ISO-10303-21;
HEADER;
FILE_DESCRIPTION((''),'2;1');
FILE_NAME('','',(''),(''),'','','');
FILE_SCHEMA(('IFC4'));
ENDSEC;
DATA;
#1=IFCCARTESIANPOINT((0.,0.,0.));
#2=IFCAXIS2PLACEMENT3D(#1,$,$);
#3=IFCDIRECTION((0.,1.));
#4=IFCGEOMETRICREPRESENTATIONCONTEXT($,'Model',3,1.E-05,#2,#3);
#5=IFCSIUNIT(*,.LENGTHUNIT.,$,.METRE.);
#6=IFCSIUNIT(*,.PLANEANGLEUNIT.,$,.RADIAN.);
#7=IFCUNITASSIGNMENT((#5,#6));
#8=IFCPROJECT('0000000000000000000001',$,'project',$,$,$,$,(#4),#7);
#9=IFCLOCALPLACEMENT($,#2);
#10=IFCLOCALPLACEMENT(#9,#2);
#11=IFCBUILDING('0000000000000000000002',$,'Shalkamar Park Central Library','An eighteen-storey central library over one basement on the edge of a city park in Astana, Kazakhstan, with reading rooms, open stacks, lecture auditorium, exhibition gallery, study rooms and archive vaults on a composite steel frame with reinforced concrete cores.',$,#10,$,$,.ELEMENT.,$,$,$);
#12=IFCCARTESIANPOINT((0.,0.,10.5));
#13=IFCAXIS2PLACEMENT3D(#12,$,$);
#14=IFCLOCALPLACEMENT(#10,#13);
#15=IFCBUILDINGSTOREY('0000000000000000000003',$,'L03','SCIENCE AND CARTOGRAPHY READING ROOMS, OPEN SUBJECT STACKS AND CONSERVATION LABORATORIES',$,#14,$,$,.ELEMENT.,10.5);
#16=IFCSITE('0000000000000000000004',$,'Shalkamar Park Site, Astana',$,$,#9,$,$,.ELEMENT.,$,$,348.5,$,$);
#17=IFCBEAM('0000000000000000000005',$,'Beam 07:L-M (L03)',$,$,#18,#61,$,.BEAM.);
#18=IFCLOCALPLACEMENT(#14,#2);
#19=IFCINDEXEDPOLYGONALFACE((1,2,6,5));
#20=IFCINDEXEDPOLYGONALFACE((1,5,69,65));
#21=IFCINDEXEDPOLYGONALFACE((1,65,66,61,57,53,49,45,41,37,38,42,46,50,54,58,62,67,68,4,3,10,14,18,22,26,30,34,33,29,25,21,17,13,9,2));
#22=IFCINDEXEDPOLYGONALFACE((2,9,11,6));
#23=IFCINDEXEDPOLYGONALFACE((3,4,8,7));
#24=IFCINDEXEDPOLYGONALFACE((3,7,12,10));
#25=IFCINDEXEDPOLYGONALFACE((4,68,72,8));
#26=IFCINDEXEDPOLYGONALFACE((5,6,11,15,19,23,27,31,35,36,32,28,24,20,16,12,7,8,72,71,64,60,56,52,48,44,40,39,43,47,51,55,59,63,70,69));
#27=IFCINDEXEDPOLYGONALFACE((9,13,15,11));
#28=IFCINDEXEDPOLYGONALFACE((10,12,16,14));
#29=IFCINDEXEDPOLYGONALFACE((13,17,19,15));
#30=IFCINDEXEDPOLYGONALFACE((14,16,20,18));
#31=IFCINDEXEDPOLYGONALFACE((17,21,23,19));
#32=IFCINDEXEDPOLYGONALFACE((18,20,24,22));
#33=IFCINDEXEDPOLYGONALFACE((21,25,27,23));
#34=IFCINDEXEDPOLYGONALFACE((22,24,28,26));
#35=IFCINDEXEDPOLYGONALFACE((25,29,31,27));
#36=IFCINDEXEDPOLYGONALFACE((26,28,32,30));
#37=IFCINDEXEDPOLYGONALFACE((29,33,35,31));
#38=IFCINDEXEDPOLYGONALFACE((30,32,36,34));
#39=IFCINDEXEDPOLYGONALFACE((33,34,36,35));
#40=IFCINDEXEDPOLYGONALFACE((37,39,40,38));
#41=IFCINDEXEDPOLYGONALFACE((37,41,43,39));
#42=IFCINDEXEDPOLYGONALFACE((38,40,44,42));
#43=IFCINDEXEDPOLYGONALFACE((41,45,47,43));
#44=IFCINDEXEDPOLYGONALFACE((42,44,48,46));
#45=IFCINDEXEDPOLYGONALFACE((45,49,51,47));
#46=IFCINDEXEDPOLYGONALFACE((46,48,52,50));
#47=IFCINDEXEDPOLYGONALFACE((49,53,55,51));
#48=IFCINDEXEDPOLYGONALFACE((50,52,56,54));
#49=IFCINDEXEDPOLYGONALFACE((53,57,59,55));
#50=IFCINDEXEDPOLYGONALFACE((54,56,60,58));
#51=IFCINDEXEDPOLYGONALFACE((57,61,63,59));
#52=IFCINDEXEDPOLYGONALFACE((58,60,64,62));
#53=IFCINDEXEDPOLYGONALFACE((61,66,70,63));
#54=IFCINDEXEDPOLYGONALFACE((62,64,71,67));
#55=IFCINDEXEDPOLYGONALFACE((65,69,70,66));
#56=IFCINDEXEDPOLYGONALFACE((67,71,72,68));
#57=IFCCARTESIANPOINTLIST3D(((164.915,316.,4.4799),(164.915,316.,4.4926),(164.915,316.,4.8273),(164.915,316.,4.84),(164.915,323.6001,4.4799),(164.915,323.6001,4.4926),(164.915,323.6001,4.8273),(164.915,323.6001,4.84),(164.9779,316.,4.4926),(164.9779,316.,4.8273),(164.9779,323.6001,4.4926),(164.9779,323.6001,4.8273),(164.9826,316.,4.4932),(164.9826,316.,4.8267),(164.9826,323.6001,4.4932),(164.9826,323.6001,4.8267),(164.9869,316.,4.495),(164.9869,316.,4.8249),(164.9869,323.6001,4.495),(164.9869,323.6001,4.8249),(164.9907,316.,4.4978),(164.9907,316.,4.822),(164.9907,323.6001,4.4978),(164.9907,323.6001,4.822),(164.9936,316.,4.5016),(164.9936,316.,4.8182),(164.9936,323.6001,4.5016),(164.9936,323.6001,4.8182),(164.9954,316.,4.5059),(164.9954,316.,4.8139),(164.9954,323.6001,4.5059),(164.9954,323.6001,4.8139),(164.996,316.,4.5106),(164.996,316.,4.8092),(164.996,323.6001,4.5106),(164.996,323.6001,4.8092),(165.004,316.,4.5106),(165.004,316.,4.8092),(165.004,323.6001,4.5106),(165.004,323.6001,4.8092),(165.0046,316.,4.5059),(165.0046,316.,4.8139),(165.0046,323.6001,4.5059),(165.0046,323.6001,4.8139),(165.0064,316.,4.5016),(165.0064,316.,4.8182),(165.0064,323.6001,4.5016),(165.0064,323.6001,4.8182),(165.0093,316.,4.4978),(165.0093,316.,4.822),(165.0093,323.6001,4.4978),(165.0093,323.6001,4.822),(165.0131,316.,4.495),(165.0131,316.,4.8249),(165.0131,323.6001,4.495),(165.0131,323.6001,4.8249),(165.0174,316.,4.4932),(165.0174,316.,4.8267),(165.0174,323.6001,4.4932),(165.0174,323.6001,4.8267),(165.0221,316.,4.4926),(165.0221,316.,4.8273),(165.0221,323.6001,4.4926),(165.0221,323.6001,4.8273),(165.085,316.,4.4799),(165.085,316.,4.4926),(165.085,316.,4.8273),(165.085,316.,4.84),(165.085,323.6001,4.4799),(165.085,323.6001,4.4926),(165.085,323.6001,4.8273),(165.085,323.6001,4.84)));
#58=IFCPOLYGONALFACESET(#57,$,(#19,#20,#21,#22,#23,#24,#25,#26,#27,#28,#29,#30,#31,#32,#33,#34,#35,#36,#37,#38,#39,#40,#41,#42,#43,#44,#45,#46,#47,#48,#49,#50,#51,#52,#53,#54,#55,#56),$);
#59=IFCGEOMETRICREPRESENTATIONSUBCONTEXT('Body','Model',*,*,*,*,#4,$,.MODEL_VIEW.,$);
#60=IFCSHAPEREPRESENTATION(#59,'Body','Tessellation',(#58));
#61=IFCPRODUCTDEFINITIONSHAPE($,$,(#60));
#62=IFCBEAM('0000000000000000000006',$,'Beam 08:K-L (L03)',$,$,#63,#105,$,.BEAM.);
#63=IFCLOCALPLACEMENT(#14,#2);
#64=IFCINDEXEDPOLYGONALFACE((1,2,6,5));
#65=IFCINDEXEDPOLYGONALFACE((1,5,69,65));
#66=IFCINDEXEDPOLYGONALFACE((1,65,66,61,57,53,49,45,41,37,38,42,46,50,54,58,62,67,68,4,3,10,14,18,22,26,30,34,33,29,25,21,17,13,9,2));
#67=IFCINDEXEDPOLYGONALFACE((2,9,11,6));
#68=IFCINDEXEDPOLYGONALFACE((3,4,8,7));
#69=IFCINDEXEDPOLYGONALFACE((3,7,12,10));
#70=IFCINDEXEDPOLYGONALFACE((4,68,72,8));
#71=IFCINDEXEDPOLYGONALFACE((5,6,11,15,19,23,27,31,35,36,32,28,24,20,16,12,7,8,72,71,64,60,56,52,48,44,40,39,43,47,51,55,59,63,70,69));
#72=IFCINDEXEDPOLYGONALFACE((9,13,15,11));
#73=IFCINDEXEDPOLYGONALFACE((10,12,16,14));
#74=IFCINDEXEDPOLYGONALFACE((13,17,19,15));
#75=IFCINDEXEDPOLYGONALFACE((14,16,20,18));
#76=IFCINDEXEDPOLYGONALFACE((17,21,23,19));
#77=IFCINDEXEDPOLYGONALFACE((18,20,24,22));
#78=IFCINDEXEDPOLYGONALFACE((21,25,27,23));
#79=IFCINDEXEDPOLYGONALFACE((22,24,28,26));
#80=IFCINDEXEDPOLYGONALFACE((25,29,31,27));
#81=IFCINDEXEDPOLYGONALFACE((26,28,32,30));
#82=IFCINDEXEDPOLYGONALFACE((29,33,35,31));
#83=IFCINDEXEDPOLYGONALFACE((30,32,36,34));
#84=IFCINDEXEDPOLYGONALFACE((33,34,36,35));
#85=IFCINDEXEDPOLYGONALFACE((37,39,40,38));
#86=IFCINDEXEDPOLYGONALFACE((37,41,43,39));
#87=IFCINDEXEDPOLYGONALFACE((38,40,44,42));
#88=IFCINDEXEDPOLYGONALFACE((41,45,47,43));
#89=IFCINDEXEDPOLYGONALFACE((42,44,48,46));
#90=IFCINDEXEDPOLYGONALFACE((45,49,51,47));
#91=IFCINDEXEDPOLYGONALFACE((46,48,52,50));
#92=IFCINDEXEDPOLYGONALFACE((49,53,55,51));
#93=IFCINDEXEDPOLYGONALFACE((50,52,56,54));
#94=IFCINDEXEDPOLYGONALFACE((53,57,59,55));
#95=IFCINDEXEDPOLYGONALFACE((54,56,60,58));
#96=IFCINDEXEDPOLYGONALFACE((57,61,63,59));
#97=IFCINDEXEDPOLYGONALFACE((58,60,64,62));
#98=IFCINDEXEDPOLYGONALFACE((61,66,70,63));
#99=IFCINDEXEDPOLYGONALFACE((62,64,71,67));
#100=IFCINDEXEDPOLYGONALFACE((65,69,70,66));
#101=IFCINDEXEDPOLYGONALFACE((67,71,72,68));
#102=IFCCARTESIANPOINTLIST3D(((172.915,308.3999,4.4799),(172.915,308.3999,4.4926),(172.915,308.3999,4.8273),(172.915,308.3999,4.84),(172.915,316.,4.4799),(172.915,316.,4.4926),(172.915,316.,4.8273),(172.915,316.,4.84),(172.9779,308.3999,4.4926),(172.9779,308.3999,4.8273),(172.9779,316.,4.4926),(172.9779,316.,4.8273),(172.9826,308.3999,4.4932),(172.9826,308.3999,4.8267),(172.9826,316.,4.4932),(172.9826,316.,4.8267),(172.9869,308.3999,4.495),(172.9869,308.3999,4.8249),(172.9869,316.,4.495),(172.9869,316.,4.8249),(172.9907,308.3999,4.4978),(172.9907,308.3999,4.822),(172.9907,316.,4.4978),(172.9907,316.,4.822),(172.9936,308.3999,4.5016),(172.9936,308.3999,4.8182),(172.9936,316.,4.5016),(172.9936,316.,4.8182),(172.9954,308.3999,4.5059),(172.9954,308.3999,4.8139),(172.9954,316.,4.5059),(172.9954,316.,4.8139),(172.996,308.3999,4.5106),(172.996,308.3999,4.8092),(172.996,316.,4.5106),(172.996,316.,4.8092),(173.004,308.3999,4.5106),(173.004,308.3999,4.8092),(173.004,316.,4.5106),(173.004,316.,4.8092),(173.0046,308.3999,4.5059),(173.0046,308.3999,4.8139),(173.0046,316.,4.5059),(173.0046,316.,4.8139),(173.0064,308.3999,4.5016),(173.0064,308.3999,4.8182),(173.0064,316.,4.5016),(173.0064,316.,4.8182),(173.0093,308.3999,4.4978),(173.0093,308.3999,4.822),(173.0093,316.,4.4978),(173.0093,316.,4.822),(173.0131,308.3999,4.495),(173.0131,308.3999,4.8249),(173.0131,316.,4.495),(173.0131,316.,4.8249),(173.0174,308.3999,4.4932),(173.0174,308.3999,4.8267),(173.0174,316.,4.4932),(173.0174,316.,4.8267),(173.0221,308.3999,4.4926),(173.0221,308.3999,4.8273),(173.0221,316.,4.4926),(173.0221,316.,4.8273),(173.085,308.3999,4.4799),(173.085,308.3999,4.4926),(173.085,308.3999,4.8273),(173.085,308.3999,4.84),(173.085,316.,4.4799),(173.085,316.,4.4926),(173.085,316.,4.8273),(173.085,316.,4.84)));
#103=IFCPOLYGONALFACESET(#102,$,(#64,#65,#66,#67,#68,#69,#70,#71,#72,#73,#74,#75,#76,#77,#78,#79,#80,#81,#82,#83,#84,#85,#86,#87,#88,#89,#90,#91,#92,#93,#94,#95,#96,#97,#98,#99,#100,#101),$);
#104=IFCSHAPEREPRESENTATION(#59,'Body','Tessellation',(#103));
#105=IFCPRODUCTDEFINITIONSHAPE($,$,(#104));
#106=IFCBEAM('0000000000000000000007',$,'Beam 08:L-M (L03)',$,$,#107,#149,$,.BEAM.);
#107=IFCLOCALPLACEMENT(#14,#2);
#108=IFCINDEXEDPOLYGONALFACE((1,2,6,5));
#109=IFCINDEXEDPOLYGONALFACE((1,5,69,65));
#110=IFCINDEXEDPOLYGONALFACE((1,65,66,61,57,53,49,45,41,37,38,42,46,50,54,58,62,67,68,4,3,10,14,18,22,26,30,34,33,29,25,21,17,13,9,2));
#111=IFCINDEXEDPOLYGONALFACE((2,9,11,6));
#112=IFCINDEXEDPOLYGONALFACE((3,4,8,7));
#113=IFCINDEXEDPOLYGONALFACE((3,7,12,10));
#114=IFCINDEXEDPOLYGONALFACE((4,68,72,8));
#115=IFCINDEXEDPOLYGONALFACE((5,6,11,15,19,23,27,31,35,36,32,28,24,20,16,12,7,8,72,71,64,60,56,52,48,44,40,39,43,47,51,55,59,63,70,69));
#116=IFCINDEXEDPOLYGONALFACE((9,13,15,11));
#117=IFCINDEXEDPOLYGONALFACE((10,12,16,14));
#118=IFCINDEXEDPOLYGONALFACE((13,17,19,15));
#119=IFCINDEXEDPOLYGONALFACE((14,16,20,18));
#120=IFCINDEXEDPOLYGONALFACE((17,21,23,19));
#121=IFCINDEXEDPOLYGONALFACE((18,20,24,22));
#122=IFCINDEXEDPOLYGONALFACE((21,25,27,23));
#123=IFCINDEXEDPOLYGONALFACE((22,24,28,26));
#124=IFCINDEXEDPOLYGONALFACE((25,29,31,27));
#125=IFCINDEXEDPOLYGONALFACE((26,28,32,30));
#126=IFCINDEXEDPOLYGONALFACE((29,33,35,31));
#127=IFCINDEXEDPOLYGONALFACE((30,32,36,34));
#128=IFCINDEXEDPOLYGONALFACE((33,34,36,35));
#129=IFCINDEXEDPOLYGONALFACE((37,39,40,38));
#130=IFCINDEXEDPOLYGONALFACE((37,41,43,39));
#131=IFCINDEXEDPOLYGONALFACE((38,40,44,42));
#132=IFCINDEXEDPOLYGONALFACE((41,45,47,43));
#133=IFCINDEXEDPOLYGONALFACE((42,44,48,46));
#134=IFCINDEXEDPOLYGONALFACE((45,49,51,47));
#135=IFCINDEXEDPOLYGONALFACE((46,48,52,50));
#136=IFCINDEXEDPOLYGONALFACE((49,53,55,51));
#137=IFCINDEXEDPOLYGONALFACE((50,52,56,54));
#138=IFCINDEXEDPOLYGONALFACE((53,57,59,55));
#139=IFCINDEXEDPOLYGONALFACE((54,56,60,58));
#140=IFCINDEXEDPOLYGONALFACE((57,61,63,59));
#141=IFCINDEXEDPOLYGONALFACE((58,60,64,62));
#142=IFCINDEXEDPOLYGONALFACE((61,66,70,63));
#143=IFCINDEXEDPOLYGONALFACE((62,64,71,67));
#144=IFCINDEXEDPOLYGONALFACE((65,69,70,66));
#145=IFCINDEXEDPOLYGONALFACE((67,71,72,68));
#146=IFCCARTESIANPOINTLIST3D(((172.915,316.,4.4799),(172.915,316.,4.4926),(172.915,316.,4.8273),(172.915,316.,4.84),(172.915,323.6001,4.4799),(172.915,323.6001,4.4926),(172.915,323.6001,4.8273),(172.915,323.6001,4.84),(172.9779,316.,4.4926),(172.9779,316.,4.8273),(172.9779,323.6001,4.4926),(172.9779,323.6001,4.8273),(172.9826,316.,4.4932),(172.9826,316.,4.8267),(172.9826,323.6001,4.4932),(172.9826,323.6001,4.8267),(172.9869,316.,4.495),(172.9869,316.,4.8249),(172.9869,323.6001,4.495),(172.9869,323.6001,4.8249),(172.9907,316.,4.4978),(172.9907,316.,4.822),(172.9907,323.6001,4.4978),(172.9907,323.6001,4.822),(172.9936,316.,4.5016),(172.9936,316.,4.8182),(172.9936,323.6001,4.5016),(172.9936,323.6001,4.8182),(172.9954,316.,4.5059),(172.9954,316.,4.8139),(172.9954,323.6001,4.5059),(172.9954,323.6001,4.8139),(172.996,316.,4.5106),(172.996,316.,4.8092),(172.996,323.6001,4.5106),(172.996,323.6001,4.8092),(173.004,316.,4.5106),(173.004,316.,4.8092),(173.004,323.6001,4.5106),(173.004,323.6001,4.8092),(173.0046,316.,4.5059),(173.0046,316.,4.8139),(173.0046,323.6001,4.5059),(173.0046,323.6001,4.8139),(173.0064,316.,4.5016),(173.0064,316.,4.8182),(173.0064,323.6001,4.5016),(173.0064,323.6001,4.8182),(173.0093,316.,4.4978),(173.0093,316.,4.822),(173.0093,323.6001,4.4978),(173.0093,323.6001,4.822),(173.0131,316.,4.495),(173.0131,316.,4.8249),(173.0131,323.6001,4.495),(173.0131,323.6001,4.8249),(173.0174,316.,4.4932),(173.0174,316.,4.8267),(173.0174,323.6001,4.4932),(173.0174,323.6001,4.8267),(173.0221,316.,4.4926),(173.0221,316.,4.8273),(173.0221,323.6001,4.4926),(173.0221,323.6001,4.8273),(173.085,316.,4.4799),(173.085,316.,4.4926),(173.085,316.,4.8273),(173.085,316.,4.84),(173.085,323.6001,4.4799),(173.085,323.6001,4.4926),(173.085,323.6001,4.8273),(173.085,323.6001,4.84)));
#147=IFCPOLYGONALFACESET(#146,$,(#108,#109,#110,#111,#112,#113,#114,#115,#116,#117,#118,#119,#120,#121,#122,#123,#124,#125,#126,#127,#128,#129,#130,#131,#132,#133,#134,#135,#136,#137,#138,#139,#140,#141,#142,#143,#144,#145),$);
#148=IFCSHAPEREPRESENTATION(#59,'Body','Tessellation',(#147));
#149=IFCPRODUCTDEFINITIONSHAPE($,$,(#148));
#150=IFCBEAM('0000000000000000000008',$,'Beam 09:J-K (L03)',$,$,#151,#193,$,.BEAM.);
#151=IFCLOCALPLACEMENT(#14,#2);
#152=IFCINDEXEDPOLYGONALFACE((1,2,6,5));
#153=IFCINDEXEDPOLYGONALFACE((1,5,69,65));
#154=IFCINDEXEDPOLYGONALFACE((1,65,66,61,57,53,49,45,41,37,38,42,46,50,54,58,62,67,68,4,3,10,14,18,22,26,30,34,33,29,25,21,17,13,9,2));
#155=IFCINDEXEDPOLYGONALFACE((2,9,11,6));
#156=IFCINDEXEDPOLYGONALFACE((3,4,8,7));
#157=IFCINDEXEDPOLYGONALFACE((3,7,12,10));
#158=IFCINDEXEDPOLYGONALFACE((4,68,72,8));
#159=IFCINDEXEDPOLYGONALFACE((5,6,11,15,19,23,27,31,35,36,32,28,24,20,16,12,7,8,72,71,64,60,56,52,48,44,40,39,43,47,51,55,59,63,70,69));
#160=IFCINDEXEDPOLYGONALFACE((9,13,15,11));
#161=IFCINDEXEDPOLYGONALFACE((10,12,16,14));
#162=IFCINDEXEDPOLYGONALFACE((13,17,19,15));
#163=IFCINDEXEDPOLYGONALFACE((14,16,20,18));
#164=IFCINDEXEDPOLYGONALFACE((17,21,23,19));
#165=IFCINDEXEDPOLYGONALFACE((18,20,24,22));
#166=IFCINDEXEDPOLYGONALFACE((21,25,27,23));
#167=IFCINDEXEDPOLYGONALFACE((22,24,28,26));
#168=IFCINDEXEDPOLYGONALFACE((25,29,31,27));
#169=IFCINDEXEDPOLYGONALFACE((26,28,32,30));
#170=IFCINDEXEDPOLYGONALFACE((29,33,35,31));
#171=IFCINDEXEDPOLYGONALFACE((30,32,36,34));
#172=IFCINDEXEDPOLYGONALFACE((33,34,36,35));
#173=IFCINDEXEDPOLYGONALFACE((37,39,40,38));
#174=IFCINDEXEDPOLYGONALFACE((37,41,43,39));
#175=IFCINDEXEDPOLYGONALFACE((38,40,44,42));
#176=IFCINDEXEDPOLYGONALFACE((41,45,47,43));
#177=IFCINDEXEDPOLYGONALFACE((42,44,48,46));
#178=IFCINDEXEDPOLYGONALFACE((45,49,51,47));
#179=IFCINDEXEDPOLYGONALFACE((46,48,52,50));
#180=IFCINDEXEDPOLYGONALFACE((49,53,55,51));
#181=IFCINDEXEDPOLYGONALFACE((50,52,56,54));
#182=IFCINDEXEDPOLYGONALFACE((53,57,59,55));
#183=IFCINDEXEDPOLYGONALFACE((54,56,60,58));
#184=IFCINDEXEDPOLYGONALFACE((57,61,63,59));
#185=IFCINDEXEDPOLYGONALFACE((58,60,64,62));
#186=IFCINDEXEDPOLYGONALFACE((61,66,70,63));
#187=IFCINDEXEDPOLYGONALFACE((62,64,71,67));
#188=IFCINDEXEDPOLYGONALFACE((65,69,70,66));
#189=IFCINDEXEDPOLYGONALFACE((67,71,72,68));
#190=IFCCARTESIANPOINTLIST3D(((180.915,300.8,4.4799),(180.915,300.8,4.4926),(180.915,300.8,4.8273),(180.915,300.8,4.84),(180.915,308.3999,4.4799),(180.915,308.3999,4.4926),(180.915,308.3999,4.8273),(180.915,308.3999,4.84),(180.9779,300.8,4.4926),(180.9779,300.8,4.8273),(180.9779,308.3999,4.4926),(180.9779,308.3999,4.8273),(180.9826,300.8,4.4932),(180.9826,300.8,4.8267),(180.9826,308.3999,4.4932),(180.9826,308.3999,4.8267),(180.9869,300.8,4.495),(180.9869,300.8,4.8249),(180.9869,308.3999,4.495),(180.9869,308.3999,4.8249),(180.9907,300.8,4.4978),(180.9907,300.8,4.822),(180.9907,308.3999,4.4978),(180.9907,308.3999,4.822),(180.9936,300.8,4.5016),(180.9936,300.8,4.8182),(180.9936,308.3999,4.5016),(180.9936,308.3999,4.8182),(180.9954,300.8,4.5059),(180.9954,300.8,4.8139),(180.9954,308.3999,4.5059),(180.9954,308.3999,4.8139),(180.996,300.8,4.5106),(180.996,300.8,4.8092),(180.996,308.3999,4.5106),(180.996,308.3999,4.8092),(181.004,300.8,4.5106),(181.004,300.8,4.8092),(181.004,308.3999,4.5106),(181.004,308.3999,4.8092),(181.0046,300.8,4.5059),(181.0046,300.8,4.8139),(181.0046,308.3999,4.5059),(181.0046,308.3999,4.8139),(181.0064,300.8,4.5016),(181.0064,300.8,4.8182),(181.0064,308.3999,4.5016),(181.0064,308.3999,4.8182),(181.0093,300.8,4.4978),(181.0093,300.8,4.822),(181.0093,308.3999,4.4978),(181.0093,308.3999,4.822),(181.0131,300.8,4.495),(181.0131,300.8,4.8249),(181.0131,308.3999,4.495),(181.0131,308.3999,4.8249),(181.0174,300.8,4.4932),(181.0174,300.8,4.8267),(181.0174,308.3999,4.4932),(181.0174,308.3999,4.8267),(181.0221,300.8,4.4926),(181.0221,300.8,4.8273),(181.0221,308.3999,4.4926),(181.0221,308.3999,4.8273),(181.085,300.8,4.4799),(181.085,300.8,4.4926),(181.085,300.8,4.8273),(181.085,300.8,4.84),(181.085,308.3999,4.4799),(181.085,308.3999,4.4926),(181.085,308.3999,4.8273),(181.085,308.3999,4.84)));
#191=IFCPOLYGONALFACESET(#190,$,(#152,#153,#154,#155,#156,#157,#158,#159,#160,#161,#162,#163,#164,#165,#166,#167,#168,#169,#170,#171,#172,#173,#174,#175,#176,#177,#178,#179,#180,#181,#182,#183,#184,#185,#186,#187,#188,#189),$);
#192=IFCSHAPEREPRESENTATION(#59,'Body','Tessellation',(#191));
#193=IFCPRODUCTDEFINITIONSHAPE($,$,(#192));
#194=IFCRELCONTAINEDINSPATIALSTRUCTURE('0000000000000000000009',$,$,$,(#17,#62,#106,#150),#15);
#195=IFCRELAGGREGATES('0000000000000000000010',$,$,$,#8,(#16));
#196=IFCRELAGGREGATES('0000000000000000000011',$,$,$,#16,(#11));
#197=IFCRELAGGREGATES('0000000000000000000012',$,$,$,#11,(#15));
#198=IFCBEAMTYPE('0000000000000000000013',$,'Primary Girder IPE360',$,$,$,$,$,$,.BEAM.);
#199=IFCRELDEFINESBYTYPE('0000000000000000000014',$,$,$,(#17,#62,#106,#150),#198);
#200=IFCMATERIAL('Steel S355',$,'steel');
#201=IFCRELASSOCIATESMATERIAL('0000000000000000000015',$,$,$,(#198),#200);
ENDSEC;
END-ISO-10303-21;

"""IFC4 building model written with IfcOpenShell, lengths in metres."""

from ifc_helpers import new_model, si_unit, direction, frame, origin, origin_2d, place, context, subcontext, project, spatial, i_section, extrude, material, material_profile, profile_set, type_object, element, save


model = new_model("IFC4")

# Units and contexts
model_context = context("Model", 3, precision=1e-05, world=origin(), true_north=direction((0.0, 1.0)))
body_context = subcontext(model_context, "Body", "Model", "MODEL_VIEW")
ifc_project = project(units=[si_unit("LENGTHUNIT", "METRE"), si_unit("PLANEANGLEUNIT", "RADIAN")], contexts=[model_context])

# Site, building, storey
site_placement = place(None, origin())
site = spatial("IfcSite", under=ifc_project, at=site_placement, Name="Shalkamar Park Site, Astana", CompositionType="ELEMENT", RefElevation=348.5)
building_placement = place(site_placement, origin())
building = spatial("IfcBuilding", under=site, at=building_placement, Name="Shalkamar Park Central Library", Description="An eighteen-storey central library over one basement on the edge of a city park in Astana, Kazakhstan, with reading rooms, open stacks, lecture auditorium, exhibition gallery, study rooms and archive vaults on a composite steel frame with reinforced concrete cores.", CompositionType="ELEMENT")
storey_placement = place(building_placement, frame((0.0, 0.0, 10.5)))
storey = spatial("IfcBuildingStorey", under=building, at=storey_placement, Name="L03", Description="SCIENCE AND CARTOGRAPHY READING ROOMS, OPEN SUBJECT STACKS AND CONSERVATION LABORATORIES", CompositionType="ELEMENT", Elevation=10.5)

# Shared definitions
ifc_material_1 = material(Name="Steel S355", Category="steel")

# Beams
ifc_material_profile_1 = material_profile(ifc_material_1, i_section(OverallWidth=0.1699, OverallDepth=0.3601, WebThickness=0.0081, FlangeThickness=0.0127, FilletRadius=0.0181, at=origin_2d()), Name="IPE 360")
ifc_profile_set_1 = profile_set([ifc_material_profile_1], Name="Steel S355")
beam_type_1 = type_object("IfcBeamType", Name="Primary Girder IPE360", PredefinedType="BEAM", material=ifc_profile_set_1)
for number, where, z_axis, x_axis, name in (
    (1, (165.0, 316.0, 4.6599), (0.0, 1.0, 0.0), (-1.0, 0.0, 0.0), "Beam 07:L-M (L03)"),
    (2, (173.0, 308.3999, 4.6599), (0.0, 1.0, 0.0), (-1.0, 0.0, 0.0), "Beam 08:K-L (L03)"),
    (3, (173.0, 316.0, 4.6599), (0.0, 1.0, 0.0), (-1.0, 0.0, 0.0), "Beam 08:L-M (L03)"),
):
    element("IfcBeam", number, at=place(storey_placement, frame(where, z_axis=z_axis, x_axis=x_axis)), inside=storey, type_object=beam_type_1, Name=name, PredefinedType="BEAM", context=body_context, shape_type="SweptSolid", body=[
        extrude(i_section(OverallWidth=0.1699, OverallDepth=0.3601, WebThickness=0.0081, FlangeThickness=0.0127, FilletRadius=0.0181, at=origin_2d()), origin(), (0.0, 0.0, 1.0), 7.6001),
    ])
beam_1_placement = place(storey_placement, frame((181.0, 300.8, 4.6599), z_axis=(0.0, 1.0, 0.0), x_axis=(-1.0, 0.0, 0.0)))
element("IfcBeam", 4, at=beam_1_placement, inside=storey, type_object=beam_type_1, Name="Beam 09:J-K (L03)", PredefinedType="BEAM", context=body_context, shape_type="SweptSolid", body=[
    extrude(i_section(OverallWidth=0.1699, OverallDepth=0.3601, WebThickness=0.0081, FlangeThickness=0.0127, FilletRadius=0.0181, at=origin_2d()), origin(), (0.0, 0.0, 1.0), 7.5999),
])

save(model, "model.ifc")
